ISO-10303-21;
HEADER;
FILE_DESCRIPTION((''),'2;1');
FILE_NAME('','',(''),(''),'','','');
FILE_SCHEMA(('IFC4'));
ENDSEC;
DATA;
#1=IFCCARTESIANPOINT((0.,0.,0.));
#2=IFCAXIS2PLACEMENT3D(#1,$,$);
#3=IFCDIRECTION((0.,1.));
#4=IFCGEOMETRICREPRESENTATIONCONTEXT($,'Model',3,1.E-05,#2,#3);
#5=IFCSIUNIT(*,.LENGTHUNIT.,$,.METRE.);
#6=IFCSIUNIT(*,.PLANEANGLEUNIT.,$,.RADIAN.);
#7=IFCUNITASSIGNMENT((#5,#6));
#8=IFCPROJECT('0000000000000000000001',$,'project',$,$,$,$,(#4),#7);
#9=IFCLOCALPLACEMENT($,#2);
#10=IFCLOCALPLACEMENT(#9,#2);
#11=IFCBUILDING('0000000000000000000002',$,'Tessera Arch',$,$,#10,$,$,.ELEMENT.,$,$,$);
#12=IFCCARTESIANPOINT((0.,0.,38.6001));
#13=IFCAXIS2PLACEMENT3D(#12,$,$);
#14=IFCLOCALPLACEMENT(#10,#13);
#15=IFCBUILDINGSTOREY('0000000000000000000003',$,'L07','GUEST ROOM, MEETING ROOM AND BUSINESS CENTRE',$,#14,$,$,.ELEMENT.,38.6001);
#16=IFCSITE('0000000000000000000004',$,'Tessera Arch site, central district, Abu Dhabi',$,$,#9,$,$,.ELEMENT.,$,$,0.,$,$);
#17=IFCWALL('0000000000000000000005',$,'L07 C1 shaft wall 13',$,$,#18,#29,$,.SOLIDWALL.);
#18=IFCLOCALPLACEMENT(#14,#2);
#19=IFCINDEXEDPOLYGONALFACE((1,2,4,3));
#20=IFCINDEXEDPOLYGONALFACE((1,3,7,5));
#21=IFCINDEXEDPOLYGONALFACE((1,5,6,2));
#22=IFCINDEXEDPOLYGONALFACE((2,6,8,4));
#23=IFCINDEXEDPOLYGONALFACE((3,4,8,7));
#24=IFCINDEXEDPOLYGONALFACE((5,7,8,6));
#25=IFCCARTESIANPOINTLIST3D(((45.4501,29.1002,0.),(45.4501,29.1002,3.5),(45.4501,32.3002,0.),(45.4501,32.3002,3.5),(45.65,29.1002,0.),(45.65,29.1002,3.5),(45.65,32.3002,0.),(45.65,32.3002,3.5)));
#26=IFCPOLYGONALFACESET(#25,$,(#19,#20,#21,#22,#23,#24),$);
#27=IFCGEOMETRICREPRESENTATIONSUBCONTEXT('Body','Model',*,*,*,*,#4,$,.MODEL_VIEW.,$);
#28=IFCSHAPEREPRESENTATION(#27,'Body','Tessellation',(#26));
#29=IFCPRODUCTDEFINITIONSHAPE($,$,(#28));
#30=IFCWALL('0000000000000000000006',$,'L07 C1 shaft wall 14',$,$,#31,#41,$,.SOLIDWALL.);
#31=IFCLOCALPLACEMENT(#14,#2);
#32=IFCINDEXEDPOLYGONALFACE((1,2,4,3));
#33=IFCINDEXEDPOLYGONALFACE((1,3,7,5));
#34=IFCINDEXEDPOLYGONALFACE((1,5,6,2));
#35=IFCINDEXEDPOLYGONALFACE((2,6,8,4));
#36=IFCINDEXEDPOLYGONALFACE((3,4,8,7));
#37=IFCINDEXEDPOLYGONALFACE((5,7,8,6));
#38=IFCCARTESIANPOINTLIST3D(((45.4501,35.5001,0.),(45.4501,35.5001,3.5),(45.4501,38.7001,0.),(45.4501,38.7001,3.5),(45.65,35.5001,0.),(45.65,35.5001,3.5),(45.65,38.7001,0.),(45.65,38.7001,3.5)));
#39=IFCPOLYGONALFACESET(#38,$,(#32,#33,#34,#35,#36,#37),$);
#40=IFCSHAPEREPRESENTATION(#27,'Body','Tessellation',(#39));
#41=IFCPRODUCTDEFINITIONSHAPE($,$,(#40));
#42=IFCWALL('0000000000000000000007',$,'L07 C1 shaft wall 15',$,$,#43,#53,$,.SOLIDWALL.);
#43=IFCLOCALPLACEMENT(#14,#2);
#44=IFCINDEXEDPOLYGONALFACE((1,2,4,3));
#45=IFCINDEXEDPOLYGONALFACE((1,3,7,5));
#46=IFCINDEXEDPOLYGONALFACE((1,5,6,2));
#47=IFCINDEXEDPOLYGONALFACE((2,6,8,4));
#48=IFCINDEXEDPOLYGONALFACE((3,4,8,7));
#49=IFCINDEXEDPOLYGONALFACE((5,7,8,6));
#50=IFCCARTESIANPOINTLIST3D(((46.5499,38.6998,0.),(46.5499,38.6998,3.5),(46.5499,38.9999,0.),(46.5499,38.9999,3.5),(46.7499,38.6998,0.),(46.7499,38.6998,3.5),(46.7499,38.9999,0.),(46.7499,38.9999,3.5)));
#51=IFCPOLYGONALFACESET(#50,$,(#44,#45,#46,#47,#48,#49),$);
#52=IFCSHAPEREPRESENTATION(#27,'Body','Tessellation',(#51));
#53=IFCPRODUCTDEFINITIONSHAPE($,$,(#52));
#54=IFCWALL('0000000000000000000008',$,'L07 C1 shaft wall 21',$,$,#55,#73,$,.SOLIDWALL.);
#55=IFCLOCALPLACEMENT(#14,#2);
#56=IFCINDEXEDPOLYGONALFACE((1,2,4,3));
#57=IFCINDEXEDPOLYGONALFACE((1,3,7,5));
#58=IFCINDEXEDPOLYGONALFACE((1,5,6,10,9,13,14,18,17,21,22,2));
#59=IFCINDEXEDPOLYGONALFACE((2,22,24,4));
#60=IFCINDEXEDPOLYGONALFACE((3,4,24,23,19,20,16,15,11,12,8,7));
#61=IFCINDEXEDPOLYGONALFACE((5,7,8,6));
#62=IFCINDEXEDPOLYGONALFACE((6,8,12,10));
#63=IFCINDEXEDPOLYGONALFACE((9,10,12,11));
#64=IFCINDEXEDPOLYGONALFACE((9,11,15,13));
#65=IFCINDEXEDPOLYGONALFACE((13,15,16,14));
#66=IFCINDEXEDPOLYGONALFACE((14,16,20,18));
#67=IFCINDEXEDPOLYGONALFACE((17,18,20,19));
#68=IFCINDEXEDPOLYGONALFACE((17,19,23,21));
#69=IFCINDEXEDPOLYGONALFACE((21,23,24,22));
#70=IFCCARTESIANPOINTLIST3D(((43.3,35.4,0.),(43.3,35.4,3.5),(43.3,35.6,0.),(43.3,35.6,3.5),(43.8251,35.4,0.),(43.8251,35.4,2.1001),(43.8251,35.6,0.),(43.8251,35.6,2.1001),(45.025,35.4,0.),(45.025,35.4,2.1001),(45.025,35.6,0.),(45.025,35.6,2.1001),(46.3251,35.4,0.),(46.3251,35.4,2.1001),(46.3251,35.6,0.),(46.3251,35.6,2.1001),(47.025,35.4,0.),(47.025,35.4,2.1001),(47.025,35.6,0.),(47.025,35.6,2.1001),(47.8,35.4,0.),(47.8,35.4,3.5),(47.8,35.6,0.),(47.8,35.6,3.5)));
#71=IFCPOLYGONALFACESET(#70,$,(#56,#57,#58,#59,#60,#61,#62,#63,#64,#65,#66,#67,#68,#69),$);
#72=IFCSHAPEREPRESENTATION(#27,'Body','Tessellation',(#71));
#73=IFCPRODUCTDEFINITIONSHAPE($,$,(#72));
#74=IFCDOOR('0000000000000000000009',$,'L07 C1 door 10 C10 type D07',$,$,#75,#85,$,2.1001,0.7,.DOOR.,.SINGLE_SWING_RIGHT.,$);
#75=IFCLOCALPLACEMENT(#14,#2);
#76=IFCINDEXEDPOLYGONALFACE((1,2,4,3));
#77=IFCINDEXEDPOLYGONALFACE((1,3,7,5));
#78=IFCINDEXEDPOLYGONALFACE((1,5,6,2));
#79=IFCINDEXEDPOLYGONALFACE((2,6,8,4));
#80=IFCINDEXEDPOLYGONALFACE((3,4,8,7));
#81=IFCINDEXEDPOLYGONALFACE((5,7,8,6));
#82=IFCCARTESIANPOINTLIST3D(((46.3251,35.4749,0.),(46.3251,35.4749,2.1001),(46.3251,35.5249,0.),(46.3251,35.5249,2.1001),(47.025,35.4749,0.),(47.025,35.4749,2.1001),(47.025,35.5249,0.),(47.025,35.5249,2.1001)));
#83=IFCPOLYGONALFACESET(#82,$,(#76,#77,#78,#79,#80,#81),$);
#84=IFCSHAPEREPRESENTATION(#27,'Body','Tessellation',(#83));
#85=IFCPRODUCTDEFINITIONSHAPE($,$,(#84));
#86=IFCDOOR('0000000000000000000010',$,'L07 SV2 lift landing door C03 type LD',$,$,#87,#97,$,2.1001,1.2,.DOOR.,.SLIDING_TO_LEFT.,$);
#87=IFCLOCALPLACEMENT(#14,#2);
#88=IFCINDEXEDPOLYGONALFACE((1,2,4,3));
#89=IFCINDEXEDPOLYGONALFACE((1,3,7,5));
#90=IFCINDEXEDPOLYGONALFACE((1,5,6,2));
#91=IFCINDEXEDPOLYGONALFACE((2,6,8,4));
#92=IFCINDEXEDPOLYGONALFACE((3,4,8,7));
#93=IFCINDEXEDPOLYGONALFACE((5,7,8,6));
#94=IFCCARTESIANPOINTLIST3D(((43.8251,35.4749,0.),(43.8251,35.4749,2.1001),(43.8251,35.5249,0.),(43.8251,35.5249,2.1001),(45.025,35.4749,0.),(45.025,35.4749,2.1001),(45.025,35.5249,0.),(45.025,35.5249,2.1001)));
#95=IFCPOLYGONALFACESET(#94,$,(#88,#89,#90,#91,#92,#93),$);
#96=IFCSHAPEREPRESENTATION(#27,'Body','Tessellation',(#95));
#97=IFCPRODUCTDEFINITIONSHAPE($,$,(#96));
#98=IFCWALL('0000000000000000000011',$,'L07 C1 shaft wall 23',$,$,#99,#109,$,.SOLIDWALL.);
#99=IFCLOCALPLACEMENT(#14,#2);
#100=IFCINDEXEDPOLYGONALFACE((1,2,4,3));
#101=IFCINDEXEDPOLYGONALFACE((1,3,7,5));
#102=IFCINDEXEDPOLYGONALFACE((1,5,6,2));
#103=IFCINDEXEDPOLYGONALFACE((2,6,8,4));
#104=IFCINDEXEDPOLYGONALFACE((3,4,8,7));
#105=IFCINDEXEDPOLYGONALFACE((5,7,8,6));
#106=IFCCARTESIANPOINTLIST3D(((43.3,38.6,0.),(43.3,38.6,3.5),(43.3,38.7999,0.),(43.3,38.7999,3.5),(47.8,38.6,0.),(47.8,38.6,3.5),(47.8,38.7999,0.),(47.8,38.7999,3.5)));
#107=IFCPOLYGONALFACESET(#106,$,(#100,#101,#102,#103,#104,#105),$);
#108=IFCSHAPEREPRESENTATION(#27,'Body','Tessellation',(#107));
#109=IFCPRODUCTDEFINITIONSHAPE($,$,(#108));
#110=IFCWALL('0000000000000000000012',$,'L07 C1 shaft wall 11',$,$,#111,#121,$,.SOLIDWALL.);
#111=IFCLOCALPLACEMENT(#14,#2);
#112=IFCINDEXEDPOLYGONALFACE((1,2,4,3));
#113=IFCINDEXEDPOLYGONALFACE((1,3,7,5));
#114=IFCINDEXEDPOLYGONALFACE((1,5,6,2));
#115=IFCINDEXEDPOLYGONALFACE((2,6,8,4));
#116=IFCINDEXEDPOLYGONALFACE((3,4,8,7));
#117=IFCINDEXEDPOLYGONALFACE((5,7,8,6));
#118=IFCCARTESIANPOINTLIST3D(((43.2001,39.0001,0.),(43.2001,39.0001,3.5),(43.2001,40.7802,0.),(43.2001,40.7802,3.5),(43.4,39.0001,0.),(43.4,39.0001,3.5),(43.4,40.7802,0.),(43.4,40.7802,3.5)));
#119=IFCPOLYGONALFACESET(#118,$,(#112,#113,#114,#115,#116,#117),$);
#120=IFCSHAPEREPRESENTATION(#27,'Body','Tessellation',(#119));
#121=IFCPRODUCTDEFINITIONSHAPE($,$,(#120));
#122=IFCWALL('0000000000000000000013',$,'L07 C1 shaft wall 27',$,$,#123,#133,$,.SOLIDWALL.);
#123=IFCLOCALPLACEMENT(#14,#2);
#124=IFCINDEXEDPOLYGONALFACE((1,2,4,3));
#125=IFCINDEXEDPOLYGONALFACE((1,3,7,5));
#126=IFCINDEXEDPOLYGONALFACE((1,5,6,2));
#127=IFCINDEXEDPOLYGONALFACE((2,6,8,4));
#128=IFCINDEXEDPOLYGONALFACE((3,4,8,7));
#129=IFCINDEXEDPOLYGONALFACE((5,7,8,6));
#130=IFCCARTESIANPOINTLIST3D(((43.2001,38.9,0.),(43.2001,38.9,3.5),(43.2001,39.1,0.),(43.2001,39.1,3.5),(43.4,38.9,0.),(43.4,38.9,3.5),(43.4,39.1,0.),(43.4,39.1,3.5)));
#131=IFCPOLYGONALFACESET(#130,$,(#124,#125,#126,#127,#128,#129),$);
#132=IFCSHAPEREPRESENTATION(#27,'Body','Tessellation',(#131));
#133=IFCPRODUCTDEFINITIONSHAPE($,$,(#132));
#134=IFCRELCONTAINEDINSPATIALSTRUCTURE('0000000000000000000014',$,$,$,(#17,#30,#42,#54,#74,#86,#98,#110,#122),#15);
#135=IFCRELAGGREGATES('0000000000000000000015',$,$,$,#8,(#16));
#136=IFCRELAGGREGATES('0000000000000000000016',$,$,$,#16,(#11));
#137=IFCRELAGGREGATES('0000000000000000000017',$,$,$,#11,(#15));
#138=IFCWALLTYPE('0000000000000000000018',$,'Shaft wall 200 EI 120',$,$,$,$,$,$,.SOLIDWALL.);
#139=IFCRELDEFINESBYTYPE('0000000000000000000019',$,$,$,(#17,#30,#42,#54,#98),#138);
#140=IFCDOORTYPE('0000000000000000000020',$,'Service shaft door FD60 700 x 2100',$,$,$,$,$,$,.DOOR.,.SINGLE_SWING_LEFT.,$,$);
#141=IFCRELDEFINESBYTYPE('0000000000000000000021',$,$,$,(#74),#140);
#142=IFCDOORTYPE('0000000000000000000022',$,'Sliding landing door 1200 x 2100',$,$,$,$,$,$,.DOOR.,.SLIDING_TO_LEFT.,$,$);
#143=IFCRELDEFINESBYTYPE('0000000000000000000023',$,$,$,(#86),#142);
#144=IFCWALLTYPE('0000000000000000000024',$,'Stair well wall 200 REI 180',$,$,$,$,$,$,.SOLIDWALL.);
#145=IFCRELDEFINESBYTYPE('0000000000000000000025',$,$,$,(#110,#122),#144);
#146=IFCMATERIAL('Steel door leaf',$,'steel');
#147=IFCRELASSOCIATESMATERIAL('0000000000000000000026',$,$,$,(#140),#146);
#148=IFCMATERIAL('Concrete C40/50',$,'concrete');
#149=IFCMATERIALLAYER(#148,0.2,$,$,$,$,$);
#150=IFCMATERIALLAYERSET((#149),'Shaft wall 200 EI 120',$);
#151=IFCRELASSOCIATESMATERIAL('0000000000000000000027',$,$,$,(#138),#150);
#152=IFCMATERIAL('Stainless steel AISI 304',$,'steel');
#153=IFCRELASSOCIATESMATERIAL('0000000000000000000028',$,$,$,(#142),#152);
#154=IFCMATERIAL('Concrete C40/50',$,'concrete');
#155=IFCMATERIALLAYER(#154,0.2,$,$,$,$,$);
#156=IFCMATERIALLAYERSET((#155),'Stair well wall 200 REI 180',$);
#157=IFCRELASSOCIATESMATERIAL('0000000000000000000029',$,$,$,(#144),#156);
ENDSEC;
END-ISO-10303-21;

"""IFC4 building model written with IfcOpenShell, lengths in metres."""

from ifc_helpers import new_model, si_unit, direction, frame, frame_2d, origin, place, context, subcontext, project, spatial, rectangle, extrude, material, layer, layer_set, type_object, element, fill, save


model = new_model("IFC4")

# Units and contexts
model_context = context("Model", 3, precision=1e-05, world=origin(), true_north=direction((0.0, 1.0)))
body_context = subcontext(model_context, "Body", "Model", "MODEL_VIEW")
ifc_project = project(units=[si_unit("LENGTHUNIT", "METRE"), si_unit("PLANEANGLEUNIT", "RADIAN")], contexts=[model_context])

# Site, building, storey
site_placement = place(None, origin())
site = spatial("IfcSite", under=ifc_project, at=site_placement, Name="Tessera Arch site, central district, Abu Dhabi", CompositionType="ELEMENT", RefElevation=0.0)
building_placement = place(site_placement, origin())
building = spatial("IfcBuilding", under=site, at=building_placement, Name="Tessera Arch", CompositionType="ELEMENT")
storey_placement = place(building_placement, frame((0.0, 0.0, 38.6001)))
storey = spatial("IfcBuildingStorey", under=building, at=storey_placement, Name="L07", Description="GUEST ROOM, MEETING ROOM AND BUSINESS CENTRE", CompositionType="ELEMENT", Elevation=38.6001)

# Shared definitions
ifc_material_1 = material(Name="Steel door leaf", Category="steel")
door_type_1 = type_object("IfcDoorType", Name="Service shaft door FD60 700 x 2100", OperationType="SINGLE_SWING_LEFT", PredefinedType="DOOR", material=ifc_material_1)

# Walls
ifc_material_2 = material(Name="Concrete C40/50", Category="concrete")
ifc_layer_1 = layer(ifc_material_2, 0.2)
ifc_layer_set_1 = layer_set([ifc_layer_1], Name="Shaft wall 200 EI 120")
wall_type_1 = type_object("IfcWallType", Name="Shaft wall 200 EI 120", PredefinedType="SOLIDWALL", material=ifc_layer_set_1)
for number, where, z_axis, x_axis, name in (
    (1, (45.55, 29.1001, 0.0), (0.0, 0.0, 1.0), (0.0, 1.0, 0.0), "L07 C1 shaft wall 13"),
    (2, (45.55, 35.5, 0.0), (0.0, 0.0, 1.0), (0.0, 1.0, 0.0), "L07 C1 shaft wall 14"),
):
    element("IfcWall", number, at=place(storey_placement, frame(where, z_axis=z_axis, x_axis=x_axis)), inside=storey, type_object=wall_type_1, Name=name, PredefinedType="SOLIDWALL", context=body_context, shape_type="SweptSolid", body=[
        extrude(rectangle(XDim=3.2, YDim=0.2, at=frame_2d((1.6001, 0.0))), origin(), (0.0, 0.0, 1.0), 3.5),
    ])
wall_1_placement = place(storey_placement, frame((46.6499, 38.7, 0.0), z_axis=(0.0, 0.0, 1.0), x_axis=(0.0, 1.0, 0.0)))
element("IfcWall", 3, at=wall_1_placement, inside=storey, type_object=wall_type_1, Name="L07 C1 shaft wall 15", PredefinedType="SOLIDWALL", context=body_context, shape_type="SweptSolid", body=[
    extrude(rectangle(XDim=0.3, YDim=0.2, at=frame_2d((0.1499, 0.0))), origin(), (0.0, 0.0, 1.0), 3.5),
])

# Wall, openings, doors
wall_2_placement = place(storey_placement, frame((43.3, 35.5, 0.0), z_axis=(0.0, 0.0, 1.0), x_axis=(1.0, 0.0, 0.0)))
wall_2 = element("IfcWall", 4, at=wall_2_placement, inside=storey, type_object=wall_type_1, Name="L07 C1 shaft wall 21", PredefinedType="SOLIDWALL", context=body_context, shape_type="SweptSolid", body=[
    extrude(rectangle(XDim=4.5, YDim=0.2, at=frame_2d((2.25, 0.0))), origin(), (0.0, 0.0, 1.0), 3.5),
])
opening_1_placement = place(wall_2_placement, frame((0.5249, 0.0, 0.0)))
opening_1 = element("IfcOpeningElement", 5, at=opening_1_placement, cuts=wall_2, PredefinedType="OPENING", context=body_context, shape_type="SweptSolid", body=[
    extrude(rectangle(XDim=1.2, YDim=2.1001, at=frame_2d((0.6001, 1.05))), frame((0.0, 0.1099, 0.0), z_axis=(0.0, -1.0, 0.0), x_axis=(1.0, 0.0, 0.0)), (0.0, 0.0, 1.0), 0.22),
])
opening_2_placement = place(wall_2_placement, frame((3.0249, 0.0, 0.0)))
opening_2 = element("IfcOpeningElement", 6, at=opening_2_placement, cuts=wall_2, PredefinedType="OPENING", context=body_context, shape_type="SweptSolid", body=[
    extrude(rectangle(XDim=0.7, YDim=2.1001, at=frame_2d((0.3501, 1.05))), frame((0.0, 0.1099, 0.0), z_axis=(0.0, -1.0, 0.0), x_axis=(1.0, 0.0, 0.0)), (0.0, 0.0, 1.0), 0.22),
])
door_1_placement = place(opening_2_placement, origin())
door_1 = element("IfcDoor", 7, at=door_1_placement, inside=storey, type_object=door_type_1, Name="L07 C1 door 10 C10 type D07", OperationType="SINGLE_SWING_RIGHT", OverallHeight=2.1001, OverallWidth=0.7, PredefinedType="DOOR", context=body_context, shape_type="SweptSolid", body=[
    extrude(rectangle(XDim=0.7, YDim=2.1001, at=frame_2d((0.3501, 1.05))), frame((0.0, 0.0249, 0.0), z_axis=(0.0, -1.0, 0.0), x_axis=(1.0, 0.0, 0.0)), (0.0, 0.0, 1.0), 0.05),
])
fill(opening_2, door_1)
ifc_material_3 = material(Name="Stainless steel AISI 304", Category="steel")
door_type_2 = type_object("IfcDoorType", Name="Sliding landing door 1200 x 2100", OperationType="SLIDING_TO_LEFT", PredefinedType="DOOR", material=ifc_material_3)
door_2_placement = place(opening_1_placement, origin())
door_2 = element("IfcDoor", 8, at=door_2_placement, inside=storey, type_object=door_type_2, Name="L07 SV2 lift landing door C03 type LD", OperationType="SLIDING_TO_LEFT", OverallHeight=2.1001, OverallWidth=1.2, PredefinedType="DOOR", context=body_context, shape_type="SweptSolid", body=[
    extrude(rectangle(XDim=1.2, YDim=2.1001, at=frame_2d((0.6001, 1.05))), frame((0.0, 0.0249, 0.0), z_axis=(0.0, -1.0, 0.0), x_axis=(1.0, 0.0, 0.0)), (0.0, 0.0, 1.0), 0.05),
])
fill(opening_1, door_2)

# Walls
wall_3_placement = place(storey_placement, frame((43.3, 38.7, 0.0), z_axis=(0.0, 0.0, 1.0), x_axis=(1.0, 0.0, 0.0)))
element("IfcWall", 9, at=wall_3_placement, inside=storey, type_object=wall_type_1, Name="L07 C1 shaft wall 23", PredefinedType="SOLIDWALL", context=body_context, shape_type="SweptSolid", body=[
    extrude(rectangle(XDim=4.5, YDim=0.2, at=frame_2d((2.25, 0.0))), origin(), (0.0, 0.0, 1.0), 3.5),
])
ifc_material_4 = material(Name="Concrete C40/50", Category="concrete")
ifc_layer_2 = layer(ifc_material_4, 0.2)
ifc_layer_set_2 = layer_set([ifc_layer_2], Name="Stair well wall 200 REI 180")
wall_type_2 = type_object("IfcWallType", Name="Stair well wall 200 REI 180", PredefinedType="SOLIDWALL", material=ifc_layer_set_2)
wall_4_placement = place(storey_placement, frame((43.3, 39.0, 0.0), z_axis=(0.0, 0.0, 1.0), x_axis=(0.0, 1.0, 0.0)))
element("IfcWall", 10, at=wall_4_placement, inside=storey, type_object=wall_type_2, Name="L07 C1 shaft wall 11", PredefinedType="SOLIDWALL", context=body_context, shape_type="SweptSolid", body=[
    extrude(rectangle(XDim=1.78, YDim=0.2, at=frame_2d((0.8901, 0.0))), origin(), (0.0, 0.0, 1.0), 3.5),
])
wall_5_placement = place(storey_placement, frame((43.2, 39.0, 0.0), z_axis=(0.0, 0.0, 1.0), x_axis=(1.0, 0.0, 0.0)))
element("IfcWall", 11, at=wall_5_placement, inside=storey, type_object=wall_type_2, Name="L07 C1 shaft wall 27", PredefinedType="SOLIDWALL", context=body_context, shape_type="SweptSolid", body=[
    extrude(rectangle(XDim=0.2, YDim=0.2, at=frame_2d((0.1001, 0.0))), origin(), (0.0, 0.0, 1.0), 3.5),
])

save(model, "model.ifc")
